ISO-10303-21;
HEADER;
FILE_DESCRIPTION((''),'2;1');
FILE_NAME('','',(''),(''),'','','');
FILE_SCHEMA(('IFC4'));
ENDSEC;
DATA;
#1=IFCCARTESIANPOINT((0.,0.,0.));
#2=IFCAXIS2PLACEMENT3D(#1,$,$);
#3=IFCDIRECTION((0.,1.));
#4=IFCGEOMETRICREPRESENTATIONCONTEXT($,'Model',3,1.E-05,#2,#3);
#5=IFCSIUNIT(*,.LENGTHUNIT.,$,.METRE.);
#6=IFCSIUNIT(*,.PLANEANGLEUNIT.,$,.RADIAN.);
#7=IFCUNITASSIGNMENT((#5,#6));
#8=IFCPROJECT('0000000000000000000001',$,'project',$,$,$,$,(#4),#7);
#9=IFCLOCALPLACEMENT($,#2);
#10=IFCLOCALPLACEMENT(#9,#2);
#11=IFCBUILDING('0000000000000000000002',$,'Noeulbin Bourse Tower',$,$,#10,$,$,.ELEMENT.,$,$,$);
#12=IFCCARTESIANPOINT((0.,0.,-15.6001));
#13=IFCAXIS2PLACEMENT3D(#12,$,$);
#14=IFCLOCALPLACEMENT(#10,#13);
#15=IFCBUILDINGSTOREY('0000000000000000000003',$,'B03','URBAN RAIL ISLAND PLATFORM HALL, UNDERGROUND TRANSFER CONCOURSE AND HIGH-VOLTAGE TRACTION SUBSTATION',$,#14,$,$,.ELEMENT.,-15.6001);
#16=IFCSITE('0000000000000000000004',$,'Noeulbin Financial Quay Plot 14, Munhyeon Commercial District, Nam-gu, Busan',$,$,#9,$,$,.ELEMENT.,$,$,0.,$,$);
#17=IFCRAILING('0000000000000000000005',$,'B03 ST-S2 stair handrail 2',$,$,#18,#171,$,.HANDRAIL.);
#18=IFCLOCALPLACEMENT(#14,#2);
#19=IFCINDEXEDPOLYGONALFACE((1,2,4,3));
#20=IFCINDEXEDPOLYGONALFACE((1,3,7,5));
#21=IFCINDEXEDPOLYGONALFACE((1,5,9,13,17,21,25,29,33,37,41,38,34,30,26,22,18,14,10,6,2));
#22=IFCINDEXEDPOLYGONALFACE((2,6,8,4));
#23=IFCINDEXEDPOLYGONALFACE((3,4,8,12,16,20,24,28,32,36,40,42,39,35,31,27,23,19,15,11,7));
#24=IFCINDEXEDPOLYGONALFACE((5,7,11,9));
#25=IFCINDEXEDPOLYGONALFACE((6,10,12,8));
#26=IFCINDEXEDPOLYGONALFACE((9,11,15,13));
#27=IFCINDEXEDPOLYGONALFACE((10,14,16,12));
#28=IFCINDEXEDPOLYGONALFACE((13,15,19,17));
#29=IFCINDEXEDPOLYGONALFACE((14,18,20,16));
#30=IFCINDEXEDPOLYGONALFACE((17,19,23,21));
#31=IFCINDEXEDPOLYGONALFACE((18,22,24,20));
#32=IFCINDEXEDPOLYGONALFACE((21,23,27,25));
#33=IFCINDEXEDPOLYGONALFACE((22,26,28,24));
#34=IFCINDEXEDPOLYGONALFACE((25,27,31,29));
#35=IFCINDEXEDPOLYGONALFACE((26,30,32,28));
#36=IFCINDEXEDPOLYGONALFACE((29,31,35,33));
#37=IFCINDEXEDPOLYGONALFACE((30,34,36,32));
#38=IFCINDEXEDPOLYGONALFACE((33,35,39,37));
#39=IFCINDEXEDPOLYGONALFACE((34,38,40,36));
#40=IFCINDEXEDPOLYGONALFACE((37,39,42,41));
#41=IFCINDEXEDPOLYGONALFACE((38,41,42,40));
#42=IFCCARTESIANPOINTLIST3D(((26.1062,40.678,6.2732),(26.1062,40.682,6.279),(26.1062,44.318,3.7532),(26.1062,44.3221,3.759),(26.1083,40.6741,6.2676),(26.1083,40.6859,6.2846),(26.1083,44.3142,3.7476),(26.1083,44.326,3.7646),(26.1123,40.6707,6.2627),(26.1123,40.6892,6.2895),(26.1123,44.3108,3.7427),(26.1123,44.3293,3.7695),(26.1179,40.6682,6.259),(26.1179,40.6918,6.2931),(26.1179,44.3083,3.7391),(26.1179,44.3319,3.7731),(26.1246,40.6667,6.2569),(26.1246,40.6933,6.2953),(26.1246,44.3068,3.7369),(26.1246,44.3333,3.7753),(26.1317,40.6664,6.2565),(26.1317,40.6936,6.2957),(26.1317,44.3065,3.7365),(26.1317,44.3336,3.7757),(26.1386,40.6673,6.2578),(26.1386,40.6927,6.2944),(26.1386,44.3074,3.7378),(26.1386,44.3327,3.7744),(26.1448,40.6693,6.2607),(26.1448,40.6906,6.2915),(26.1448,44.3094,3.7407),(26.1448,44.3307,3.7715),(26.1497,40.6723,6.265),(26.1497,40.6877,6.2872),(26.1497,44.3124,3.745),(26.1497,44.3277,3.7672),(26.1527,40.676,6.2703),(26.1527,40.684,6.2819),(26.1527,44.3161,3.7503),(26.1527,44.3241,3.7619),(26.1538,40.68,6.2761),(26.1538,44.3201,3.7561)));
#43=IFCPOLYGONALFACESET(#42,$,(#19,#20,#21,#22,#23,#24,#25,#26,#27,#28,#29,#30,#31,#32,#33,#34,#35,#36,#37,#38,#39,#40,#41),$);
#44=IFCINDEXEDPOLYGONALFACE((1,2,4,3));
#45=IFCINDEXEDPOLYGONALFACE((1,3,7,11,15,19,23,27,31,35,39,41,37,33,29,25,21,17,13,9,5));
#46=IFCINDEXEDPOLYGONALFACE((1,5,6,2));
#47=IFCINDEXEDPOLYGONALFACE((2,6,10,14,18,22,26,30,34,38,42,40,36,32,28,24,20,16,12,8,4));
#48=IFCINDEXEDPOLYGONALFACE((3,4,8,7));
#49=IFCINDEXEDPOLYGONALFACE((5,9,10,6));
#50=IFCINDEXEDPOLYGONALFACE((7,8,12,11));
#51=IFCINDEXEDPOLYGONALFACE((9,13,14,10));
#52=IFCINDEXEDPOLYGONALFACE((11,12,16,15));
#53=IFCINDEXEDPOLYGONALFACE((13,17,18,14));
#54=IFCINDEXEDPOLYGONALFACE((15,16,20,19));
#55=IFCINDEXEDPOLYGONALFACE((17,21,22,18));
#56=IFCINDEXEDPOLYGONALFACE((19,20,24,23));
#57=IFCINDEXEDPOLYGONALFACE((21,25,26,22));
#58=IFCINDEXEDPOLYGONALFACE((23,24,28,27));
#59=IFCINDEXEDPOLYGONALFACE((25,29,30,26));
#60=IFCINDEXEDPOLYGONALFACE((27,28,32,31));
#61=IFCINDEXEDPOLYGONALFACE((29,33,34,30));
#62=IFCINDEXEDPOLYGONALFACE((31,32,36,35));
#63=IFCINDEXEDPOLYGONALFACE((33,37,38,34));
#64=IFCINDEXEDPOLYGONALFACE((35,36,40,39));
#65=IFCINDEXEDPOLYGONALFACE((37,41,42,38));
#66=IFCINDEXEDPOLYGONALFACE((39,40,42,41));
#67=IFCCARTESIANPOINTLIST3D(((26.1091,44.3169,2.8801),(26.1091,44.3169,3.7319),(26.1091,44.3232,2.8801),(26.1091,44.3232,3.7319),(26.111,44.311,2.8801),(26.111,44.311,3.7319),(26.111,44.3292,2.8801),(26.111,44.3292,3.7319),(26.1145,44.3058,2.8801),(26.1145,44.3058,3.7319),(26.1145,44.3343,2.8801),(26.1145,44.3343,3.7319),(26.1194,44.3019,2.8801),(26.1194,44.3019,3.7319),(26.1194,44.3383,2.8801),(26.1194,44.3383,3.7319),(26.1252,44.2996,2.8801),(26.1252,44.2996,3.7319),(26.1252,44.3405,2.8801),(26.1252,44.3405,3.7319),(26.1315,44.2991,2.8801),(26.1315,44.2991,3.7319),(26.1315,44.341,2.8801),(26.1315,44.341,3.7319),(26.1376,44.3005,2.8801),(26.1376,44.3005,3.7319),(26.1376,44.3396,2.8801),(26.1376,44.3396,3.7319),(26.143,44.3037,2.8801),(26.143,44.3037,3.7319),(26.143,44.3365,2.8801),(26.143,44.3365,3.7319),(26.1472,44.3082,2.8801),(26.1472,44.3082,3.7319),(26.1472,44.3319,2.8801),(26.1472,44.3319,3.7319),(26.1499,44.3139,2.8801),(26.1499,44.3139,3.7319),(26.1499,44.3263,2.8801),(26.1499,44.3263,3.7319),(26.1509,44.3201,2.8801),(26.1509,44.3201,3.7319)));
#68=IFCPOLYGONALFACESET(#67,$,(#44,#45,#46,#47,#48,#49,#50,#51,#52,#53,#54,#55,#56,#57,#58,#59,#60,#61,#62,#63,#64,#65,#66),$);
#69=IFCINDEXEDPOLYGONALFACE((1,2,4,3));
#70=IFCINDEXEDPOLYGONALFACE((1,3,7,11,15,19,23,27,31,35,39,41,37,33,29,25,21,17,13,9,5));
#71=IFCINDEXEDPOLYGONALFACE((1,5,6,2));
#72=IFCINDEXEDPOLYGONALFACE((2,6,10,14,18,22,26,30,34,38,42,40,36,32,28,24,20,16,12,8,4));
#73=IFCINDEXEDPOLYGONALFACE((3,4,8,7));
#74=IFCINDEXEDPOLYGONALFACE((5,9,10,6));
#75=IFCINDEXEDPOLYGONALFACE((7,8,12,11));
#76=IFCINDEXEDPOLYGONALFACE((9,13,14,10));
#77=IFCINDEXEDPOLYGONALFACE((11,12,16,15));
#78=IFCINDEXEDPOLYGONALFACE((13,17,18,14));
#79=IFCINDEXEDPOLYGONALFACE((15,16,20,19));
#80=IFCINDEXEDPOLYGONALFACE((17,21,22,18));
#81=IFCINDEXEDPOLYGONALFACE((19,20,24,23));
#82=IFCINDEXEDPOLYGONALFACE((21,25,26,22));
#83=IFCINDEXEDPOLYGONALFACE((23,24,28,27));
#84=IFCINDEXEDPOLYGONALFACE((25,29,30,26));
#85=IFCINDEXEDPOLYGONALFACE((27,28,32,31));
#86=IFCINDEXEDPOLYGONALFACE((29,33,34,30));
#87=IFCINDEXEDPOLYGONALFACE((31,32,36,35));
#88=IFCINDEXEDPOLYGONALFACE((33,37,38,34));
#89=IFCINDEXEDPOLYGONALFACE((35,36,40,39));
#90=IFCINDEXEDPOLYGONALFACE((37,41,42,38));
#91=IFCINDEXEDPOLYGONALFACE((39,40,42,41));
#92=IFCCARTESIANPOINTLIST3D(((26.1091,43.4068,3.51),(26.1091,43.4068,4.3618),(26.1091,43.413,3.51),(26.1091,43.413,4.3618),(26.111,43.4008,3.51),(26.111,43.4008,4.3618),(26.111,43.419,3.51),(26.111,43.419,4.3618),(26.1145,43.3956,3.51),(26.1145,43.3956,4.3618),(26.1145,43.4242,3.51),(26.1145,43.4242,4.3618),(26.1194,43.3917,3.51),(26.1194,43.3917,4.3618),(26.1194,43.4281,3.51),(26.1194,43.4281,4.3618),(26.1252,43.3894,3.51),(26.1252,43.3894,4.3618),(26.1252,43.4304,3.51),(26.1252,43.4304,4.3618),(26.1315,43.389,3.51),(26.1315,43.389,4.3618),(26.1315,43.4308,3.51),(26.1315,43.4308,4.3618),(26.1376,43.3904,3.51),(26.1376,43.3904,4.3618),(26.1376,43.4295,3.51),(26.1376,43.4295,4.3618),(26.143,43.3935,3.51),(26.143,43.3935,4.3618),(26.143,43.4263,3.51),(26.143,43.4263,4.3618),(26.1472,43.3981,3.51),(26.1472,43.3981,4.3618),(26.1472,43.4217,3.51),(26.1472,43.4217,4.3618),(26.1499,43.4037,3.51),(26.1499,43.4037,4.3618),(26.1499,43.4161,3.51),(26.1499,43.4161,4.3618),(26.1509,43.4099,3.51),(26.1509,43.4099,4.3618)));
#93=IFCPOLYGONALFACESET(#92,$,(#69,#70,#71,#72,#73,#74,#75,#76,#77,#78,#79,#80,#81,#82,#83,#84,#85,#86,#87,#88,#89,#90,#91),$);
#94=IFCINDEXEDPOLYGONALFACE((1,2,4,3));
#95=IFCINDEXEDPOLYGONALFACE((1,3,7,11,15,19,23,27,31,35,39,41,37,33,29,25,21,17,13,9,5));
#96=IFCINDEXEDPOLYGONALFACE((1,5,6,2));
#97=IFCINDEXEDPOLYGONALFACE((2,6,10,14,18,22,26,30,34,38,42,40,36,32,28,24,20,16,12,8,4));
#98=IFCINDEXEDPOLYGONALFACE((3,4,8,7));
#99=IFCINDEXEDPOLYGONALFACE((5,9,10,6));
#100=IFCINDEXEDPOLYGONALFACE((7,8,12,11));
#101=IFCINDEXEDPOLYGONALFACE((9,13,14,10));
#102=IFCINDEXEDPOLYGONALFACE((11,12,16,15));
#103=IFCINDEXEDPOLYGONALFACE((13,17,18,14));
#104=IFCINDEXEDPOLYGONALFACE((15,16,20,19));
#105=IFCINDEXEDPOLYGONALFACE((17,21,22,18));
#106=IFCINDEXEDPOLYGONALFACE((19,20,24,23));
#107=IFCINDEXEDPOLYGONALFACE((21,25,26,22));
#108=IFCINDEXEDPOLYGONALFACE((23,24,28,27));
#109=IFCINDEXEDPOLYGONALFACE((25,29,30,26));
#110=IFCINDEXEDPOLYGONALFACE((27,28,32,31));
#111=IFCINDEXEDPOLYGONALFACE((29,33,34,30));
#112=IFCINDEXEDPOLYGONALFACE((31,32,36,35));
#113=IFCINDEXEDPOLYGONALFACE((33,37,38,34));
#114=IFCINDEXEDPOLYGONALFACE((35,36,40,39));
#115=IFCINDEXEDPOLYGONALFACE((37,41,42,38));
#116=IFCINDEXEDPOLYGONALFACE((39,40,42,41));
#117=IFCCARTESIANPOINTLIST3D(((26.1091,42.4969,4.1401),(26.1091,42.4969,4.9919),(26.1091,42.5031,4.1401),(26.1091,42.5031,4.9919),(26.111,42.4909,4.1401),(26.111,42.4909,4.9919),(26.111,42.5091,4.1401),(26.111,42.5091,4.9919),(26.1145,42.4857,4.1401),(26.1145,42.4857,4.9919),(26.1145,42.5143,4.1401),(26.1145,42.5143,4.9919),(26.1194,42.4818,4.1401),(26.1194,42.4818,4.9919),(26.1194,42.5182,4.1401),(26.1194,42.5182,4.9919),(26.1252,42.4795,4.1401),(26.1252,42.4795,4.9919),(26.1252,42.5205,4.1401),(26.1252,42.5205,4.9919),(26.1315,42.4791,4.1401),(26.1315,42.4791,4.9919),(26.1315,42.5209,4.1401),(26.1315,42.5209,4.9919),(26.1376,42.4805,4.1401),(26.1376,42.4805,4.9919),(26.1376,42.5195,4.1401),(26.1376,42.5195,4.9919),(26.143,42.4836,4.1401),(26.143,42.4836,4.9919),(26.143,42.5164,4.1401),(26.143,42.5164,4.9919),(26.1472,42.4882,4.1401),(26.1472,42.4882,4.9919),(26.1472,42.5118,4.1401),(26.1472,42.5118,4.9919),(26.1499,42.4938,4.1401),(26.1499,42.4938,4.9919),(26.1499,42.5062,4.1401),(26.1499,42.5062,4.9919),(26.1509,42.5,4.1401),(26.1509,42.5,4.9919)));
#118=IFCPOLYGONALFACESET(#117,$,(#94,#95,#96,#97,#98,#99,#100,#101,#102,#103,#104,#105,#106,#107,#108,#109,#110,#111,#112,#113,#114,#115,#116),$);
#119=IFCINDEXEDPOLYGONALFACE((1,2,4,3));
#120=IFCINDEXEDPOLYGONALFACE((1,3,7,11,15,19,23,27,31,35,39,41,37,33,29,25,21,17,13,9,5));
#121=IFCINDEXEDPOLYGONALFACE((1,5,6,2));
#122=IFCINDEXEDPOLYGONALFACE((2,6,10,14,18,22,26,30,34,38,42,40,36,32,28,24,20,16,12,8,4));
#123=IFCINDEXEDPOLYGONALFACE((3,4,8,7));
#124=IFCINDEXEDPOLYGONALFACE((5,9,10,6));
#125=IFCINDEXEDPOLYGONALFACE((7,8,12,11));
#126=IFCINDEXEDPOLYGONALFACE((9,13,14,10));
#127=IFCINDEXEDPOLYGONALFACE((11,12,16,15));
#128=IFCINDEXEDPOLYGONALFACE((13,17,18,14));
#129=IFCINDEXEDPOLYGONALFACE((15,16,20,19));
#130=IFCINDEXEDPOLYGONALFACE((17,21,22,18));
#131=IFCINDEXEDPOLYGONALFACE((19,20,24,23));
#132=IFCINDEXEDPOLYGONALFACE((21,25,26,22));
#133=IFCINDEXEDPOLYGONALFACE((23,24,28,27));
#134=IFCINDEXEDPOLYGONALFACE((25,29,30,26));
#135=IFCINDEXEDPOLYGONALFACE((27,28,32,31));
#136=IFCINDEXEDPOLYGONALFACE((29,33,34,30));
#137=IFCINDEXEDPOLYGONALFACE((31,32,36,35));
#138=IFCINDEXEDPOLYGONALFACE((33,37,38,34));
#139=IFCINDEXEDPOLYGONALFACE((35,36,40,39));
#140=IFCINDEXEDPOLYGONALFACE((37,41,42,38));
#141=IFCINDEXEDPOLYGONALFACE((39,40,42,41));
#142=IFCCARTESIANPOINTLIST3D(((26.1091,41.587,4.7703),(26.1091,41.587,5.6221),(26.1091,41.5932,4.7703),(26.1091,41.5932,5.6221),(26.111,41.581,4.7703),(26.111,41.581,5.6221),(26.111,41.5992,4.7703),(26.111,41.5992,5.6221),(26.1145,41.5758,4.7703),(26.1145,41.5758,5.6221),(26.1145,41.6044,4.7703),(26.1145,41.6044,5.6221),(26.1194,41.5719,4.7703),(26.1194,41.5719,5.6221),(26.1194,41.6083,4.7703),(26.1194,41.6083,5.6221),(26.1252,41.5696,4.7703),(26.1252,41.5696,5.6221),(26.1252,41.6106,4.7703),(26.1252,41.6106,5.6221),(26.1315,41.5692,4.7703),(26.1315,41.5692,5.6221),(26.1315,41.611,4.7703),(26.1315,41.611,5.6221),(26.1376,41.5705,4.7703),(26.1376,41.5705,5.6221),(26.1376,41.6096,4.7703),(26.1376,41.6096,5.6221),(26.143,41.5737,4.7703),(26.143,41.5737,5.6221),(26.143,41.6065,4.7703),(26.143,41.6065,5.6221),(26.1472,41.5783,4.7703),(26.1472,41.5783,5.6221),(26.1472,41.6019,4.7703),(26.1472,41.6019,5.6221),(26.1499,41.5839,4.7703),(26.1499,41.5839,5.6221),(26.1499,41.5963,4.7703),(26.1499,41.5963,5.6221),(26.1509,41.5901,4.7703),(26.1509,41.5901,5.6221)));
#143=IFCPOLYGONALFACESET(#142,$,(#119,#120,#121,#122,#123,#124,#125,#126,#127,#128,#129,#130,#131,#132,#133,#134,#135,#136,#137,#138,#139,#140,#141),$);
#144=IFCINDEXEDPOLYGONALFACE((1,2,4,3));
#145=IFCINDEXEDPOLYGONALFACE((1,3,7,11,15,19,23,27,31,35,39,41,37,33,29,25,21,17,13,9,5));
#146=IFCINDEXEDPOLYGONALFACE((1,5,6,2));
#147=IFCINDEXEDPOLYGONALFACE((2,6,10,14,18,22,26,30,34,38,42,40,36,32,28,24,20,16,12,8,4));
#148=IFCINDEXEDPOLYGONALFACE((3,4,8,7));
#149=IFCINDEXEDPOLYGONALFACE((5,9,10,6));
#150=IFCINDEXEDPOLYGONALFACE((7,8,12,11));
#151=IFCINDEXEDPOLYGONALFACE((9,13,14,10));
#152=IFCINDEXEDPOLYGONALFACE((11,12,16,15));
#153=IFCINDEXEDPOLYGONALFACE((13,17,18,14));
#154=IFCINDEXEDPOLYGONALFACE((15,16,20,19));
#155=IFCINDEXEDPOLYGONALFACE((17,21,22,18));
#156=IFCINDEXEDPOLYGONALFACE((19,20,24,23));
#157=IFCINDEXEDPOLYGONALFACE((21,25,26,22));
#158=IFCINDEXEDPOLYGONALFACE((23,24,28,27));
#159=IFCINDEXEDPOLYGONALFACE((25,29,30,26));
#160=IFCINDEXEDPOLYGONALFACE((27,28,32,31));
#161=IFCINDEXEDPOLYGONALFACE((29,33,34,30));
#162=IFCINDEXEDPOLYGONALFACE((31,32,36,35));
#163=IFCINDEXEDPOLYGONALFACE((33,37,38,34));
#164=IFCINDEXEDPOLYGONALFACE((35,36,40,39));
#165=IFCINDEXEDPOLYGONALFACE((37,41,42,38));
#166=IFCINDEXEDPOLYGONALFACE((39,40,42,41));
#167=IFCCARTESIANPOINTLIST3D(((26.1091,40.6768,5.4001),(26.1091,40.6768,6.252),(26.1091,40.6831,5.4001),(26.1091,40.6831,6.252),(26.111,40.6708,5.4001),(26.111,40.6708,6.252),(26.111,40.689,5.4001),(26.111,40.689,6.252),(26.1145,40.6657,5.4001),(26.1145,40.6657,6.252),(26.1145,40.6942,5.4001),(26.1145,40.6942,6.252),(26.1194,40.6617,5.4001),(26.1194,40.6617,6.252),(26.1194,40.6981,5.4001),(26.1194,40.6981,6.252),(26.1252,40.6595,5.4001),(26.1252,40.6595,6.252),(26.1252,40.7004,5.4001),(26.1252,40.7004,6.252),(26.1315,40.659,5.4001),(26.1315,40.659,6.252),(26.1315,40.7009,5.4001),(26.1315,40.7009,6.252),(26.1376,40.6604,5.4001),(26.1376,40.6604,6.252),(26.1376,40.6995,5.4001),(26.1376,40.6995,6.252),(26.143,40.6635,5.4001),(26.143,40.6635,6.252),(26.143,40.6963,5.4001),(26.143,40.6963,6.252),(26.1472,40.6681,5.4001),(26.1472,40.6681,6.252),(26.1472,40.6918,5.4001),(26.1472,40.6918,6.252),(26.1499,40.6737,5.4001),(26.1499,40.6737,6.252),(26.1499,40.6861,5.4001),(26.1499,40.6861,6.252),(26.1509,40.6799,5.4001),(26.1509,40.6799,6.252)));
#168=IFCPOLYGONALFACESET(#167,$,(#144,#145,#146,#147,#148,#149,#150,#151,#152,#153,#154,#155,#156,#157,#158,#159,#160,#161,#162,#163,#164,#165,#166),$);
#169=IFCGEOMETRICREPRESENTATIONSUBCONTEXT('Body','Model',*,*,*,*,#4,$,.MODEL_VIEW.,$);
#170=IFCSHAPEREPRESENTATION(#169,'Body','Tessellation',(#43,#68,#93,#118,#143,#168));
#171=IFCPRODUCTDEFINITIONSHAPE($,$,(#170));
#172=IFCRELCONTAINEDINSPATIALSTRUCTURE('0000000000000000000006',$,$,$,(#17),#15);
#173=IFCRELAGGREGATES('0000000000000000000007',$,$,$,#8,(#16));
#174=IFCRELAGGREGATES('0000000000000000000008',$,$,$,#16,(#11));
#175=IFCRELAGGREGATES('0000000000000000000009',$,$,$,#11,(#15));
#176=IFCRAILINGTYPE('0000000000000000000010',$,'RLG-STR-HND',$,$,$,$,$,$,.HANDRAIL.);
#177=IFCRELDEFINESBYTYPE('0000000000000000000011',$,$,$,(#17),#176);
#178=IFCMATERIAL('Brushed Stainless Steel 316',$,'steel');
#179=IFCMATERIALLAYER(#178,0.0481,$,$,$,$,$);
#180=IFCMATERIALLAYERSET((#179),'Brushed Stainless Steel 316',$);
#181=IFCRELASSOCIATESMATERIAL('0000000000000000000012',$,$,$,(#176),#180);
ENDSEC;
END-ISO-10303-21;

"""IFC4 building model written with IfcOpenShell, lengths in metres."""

from ifc_helpers import new_model, si_unit, direction, frame, origin, origin_2d, place, context, subcontext, project, spatial, circle, extrude, material, layer, layer_set, type_object, element, save


model = new_model("IFC4")

# Units and contexts
model_context = context("Model", 3, precision=1e-05, world=origin(), true_north=direction((0.0, 1.0)))
body_context = subcontext(model_context, "Body", "Model", "MODEL_VIEW")
ifc_project = project(units=[si_unit("LENGTHUNIT", "METRE"), si_unit("PLANEANGLEUNIT", "RADIAN")], contexts=[model_context])

# Site, building, storey
site_placement = place(None, origin())
site = spatial("IfcSite", under=ifc_project, at=site_placement, Name="Noeulbin Financial Quay Plot 14, Munhyeon Commercial District, Nam-gu, Busan", CompositionType="ELEMENT", RefElevation=0.0)
building_placement = place(site_placement, origin())
building = spatial("IfcBuilding", under=site, at=building_placement, Name="Noeulbin Bourse Tower", CompositionType="ELEMENT")
storey_placement = place(building_placement, frame((0.0, 0.0, -15.6001)))
storey = spatial("IfcBuildingStorey", under=building, at=storey_placement, Name="B03", Description="URBAN RAIL ISLAND PLATFORM HALL, UNDERGROUND TRANSFER CONCOURSE AND HIGH-VOLTAGE TRACTION SUBSTATION", CompositionType="ELEMENT", Elevation=-15.6001)

# Railing
ifc_material_1 = material(Name="Brushed Stainless Steel 316", Category="steel")
ifc_layer_1 = layer(ifc_material_1, 0.0481)
ifc_layer_set_1 = layer_set([ifc_layer_1], Name="Brushed Stainless Steel 316")
railing_type_1 = type_object("IfcRailingType", Name="RLG-STR-HND", PredefinedType="HANDRAIL", material=ifc_layer_set_1)
railing_1_placement = place(storey_placement, frame((26.1299, 44.3201, 2.8801)))
element("IfcRailing", 1, at=railing_1_placement, inside=storey, type_object=railing_type_1, Name="B03 ST-S2 stair handrail 2", PredefinedType="HANDRAIL", context=body_context, shape_type="SweptSolid", body=[
    extrude(circle(Radius=0.0239, at=origin_2d()), frame((0.0, 0.0, 0.876), z_axis=(0.0, -0.8222, 0.569199), x_axis=(1.0, 0.0, 0.0)), (0.0, 0.0, 1.0), 4.4272),
    extrude(circle(Radius=0.021, at=origin_2d()), origin(), (0.0, 0.0, 1.0), 0.8518),
    extrude(circle(Radius=0.021, at=origin_2d()), frame((0.0, -0.9102, 0.6299)), (0.0, 0.0, 1.0), 0.8518),
    extrude(circle(Radius=0.021, at=origin_2d()), frame((0.0, -1.8201, 1.26)), (0.0, 0.0, 1.0), 0.8518),
    extrude(circle(Radius=0.021, at=origin_2d()), frame((0.0, -2.73, 1.8901)), (0.0, 0.0, 1.0), 0.8518),
    extrude(circle(Radius=0.021, at=origin_2d()), frame((0.0, -3.6401, 2.52)), (0.0, 0.0, 1.0), 0.8518),
])

save(model, "model.ifc")
